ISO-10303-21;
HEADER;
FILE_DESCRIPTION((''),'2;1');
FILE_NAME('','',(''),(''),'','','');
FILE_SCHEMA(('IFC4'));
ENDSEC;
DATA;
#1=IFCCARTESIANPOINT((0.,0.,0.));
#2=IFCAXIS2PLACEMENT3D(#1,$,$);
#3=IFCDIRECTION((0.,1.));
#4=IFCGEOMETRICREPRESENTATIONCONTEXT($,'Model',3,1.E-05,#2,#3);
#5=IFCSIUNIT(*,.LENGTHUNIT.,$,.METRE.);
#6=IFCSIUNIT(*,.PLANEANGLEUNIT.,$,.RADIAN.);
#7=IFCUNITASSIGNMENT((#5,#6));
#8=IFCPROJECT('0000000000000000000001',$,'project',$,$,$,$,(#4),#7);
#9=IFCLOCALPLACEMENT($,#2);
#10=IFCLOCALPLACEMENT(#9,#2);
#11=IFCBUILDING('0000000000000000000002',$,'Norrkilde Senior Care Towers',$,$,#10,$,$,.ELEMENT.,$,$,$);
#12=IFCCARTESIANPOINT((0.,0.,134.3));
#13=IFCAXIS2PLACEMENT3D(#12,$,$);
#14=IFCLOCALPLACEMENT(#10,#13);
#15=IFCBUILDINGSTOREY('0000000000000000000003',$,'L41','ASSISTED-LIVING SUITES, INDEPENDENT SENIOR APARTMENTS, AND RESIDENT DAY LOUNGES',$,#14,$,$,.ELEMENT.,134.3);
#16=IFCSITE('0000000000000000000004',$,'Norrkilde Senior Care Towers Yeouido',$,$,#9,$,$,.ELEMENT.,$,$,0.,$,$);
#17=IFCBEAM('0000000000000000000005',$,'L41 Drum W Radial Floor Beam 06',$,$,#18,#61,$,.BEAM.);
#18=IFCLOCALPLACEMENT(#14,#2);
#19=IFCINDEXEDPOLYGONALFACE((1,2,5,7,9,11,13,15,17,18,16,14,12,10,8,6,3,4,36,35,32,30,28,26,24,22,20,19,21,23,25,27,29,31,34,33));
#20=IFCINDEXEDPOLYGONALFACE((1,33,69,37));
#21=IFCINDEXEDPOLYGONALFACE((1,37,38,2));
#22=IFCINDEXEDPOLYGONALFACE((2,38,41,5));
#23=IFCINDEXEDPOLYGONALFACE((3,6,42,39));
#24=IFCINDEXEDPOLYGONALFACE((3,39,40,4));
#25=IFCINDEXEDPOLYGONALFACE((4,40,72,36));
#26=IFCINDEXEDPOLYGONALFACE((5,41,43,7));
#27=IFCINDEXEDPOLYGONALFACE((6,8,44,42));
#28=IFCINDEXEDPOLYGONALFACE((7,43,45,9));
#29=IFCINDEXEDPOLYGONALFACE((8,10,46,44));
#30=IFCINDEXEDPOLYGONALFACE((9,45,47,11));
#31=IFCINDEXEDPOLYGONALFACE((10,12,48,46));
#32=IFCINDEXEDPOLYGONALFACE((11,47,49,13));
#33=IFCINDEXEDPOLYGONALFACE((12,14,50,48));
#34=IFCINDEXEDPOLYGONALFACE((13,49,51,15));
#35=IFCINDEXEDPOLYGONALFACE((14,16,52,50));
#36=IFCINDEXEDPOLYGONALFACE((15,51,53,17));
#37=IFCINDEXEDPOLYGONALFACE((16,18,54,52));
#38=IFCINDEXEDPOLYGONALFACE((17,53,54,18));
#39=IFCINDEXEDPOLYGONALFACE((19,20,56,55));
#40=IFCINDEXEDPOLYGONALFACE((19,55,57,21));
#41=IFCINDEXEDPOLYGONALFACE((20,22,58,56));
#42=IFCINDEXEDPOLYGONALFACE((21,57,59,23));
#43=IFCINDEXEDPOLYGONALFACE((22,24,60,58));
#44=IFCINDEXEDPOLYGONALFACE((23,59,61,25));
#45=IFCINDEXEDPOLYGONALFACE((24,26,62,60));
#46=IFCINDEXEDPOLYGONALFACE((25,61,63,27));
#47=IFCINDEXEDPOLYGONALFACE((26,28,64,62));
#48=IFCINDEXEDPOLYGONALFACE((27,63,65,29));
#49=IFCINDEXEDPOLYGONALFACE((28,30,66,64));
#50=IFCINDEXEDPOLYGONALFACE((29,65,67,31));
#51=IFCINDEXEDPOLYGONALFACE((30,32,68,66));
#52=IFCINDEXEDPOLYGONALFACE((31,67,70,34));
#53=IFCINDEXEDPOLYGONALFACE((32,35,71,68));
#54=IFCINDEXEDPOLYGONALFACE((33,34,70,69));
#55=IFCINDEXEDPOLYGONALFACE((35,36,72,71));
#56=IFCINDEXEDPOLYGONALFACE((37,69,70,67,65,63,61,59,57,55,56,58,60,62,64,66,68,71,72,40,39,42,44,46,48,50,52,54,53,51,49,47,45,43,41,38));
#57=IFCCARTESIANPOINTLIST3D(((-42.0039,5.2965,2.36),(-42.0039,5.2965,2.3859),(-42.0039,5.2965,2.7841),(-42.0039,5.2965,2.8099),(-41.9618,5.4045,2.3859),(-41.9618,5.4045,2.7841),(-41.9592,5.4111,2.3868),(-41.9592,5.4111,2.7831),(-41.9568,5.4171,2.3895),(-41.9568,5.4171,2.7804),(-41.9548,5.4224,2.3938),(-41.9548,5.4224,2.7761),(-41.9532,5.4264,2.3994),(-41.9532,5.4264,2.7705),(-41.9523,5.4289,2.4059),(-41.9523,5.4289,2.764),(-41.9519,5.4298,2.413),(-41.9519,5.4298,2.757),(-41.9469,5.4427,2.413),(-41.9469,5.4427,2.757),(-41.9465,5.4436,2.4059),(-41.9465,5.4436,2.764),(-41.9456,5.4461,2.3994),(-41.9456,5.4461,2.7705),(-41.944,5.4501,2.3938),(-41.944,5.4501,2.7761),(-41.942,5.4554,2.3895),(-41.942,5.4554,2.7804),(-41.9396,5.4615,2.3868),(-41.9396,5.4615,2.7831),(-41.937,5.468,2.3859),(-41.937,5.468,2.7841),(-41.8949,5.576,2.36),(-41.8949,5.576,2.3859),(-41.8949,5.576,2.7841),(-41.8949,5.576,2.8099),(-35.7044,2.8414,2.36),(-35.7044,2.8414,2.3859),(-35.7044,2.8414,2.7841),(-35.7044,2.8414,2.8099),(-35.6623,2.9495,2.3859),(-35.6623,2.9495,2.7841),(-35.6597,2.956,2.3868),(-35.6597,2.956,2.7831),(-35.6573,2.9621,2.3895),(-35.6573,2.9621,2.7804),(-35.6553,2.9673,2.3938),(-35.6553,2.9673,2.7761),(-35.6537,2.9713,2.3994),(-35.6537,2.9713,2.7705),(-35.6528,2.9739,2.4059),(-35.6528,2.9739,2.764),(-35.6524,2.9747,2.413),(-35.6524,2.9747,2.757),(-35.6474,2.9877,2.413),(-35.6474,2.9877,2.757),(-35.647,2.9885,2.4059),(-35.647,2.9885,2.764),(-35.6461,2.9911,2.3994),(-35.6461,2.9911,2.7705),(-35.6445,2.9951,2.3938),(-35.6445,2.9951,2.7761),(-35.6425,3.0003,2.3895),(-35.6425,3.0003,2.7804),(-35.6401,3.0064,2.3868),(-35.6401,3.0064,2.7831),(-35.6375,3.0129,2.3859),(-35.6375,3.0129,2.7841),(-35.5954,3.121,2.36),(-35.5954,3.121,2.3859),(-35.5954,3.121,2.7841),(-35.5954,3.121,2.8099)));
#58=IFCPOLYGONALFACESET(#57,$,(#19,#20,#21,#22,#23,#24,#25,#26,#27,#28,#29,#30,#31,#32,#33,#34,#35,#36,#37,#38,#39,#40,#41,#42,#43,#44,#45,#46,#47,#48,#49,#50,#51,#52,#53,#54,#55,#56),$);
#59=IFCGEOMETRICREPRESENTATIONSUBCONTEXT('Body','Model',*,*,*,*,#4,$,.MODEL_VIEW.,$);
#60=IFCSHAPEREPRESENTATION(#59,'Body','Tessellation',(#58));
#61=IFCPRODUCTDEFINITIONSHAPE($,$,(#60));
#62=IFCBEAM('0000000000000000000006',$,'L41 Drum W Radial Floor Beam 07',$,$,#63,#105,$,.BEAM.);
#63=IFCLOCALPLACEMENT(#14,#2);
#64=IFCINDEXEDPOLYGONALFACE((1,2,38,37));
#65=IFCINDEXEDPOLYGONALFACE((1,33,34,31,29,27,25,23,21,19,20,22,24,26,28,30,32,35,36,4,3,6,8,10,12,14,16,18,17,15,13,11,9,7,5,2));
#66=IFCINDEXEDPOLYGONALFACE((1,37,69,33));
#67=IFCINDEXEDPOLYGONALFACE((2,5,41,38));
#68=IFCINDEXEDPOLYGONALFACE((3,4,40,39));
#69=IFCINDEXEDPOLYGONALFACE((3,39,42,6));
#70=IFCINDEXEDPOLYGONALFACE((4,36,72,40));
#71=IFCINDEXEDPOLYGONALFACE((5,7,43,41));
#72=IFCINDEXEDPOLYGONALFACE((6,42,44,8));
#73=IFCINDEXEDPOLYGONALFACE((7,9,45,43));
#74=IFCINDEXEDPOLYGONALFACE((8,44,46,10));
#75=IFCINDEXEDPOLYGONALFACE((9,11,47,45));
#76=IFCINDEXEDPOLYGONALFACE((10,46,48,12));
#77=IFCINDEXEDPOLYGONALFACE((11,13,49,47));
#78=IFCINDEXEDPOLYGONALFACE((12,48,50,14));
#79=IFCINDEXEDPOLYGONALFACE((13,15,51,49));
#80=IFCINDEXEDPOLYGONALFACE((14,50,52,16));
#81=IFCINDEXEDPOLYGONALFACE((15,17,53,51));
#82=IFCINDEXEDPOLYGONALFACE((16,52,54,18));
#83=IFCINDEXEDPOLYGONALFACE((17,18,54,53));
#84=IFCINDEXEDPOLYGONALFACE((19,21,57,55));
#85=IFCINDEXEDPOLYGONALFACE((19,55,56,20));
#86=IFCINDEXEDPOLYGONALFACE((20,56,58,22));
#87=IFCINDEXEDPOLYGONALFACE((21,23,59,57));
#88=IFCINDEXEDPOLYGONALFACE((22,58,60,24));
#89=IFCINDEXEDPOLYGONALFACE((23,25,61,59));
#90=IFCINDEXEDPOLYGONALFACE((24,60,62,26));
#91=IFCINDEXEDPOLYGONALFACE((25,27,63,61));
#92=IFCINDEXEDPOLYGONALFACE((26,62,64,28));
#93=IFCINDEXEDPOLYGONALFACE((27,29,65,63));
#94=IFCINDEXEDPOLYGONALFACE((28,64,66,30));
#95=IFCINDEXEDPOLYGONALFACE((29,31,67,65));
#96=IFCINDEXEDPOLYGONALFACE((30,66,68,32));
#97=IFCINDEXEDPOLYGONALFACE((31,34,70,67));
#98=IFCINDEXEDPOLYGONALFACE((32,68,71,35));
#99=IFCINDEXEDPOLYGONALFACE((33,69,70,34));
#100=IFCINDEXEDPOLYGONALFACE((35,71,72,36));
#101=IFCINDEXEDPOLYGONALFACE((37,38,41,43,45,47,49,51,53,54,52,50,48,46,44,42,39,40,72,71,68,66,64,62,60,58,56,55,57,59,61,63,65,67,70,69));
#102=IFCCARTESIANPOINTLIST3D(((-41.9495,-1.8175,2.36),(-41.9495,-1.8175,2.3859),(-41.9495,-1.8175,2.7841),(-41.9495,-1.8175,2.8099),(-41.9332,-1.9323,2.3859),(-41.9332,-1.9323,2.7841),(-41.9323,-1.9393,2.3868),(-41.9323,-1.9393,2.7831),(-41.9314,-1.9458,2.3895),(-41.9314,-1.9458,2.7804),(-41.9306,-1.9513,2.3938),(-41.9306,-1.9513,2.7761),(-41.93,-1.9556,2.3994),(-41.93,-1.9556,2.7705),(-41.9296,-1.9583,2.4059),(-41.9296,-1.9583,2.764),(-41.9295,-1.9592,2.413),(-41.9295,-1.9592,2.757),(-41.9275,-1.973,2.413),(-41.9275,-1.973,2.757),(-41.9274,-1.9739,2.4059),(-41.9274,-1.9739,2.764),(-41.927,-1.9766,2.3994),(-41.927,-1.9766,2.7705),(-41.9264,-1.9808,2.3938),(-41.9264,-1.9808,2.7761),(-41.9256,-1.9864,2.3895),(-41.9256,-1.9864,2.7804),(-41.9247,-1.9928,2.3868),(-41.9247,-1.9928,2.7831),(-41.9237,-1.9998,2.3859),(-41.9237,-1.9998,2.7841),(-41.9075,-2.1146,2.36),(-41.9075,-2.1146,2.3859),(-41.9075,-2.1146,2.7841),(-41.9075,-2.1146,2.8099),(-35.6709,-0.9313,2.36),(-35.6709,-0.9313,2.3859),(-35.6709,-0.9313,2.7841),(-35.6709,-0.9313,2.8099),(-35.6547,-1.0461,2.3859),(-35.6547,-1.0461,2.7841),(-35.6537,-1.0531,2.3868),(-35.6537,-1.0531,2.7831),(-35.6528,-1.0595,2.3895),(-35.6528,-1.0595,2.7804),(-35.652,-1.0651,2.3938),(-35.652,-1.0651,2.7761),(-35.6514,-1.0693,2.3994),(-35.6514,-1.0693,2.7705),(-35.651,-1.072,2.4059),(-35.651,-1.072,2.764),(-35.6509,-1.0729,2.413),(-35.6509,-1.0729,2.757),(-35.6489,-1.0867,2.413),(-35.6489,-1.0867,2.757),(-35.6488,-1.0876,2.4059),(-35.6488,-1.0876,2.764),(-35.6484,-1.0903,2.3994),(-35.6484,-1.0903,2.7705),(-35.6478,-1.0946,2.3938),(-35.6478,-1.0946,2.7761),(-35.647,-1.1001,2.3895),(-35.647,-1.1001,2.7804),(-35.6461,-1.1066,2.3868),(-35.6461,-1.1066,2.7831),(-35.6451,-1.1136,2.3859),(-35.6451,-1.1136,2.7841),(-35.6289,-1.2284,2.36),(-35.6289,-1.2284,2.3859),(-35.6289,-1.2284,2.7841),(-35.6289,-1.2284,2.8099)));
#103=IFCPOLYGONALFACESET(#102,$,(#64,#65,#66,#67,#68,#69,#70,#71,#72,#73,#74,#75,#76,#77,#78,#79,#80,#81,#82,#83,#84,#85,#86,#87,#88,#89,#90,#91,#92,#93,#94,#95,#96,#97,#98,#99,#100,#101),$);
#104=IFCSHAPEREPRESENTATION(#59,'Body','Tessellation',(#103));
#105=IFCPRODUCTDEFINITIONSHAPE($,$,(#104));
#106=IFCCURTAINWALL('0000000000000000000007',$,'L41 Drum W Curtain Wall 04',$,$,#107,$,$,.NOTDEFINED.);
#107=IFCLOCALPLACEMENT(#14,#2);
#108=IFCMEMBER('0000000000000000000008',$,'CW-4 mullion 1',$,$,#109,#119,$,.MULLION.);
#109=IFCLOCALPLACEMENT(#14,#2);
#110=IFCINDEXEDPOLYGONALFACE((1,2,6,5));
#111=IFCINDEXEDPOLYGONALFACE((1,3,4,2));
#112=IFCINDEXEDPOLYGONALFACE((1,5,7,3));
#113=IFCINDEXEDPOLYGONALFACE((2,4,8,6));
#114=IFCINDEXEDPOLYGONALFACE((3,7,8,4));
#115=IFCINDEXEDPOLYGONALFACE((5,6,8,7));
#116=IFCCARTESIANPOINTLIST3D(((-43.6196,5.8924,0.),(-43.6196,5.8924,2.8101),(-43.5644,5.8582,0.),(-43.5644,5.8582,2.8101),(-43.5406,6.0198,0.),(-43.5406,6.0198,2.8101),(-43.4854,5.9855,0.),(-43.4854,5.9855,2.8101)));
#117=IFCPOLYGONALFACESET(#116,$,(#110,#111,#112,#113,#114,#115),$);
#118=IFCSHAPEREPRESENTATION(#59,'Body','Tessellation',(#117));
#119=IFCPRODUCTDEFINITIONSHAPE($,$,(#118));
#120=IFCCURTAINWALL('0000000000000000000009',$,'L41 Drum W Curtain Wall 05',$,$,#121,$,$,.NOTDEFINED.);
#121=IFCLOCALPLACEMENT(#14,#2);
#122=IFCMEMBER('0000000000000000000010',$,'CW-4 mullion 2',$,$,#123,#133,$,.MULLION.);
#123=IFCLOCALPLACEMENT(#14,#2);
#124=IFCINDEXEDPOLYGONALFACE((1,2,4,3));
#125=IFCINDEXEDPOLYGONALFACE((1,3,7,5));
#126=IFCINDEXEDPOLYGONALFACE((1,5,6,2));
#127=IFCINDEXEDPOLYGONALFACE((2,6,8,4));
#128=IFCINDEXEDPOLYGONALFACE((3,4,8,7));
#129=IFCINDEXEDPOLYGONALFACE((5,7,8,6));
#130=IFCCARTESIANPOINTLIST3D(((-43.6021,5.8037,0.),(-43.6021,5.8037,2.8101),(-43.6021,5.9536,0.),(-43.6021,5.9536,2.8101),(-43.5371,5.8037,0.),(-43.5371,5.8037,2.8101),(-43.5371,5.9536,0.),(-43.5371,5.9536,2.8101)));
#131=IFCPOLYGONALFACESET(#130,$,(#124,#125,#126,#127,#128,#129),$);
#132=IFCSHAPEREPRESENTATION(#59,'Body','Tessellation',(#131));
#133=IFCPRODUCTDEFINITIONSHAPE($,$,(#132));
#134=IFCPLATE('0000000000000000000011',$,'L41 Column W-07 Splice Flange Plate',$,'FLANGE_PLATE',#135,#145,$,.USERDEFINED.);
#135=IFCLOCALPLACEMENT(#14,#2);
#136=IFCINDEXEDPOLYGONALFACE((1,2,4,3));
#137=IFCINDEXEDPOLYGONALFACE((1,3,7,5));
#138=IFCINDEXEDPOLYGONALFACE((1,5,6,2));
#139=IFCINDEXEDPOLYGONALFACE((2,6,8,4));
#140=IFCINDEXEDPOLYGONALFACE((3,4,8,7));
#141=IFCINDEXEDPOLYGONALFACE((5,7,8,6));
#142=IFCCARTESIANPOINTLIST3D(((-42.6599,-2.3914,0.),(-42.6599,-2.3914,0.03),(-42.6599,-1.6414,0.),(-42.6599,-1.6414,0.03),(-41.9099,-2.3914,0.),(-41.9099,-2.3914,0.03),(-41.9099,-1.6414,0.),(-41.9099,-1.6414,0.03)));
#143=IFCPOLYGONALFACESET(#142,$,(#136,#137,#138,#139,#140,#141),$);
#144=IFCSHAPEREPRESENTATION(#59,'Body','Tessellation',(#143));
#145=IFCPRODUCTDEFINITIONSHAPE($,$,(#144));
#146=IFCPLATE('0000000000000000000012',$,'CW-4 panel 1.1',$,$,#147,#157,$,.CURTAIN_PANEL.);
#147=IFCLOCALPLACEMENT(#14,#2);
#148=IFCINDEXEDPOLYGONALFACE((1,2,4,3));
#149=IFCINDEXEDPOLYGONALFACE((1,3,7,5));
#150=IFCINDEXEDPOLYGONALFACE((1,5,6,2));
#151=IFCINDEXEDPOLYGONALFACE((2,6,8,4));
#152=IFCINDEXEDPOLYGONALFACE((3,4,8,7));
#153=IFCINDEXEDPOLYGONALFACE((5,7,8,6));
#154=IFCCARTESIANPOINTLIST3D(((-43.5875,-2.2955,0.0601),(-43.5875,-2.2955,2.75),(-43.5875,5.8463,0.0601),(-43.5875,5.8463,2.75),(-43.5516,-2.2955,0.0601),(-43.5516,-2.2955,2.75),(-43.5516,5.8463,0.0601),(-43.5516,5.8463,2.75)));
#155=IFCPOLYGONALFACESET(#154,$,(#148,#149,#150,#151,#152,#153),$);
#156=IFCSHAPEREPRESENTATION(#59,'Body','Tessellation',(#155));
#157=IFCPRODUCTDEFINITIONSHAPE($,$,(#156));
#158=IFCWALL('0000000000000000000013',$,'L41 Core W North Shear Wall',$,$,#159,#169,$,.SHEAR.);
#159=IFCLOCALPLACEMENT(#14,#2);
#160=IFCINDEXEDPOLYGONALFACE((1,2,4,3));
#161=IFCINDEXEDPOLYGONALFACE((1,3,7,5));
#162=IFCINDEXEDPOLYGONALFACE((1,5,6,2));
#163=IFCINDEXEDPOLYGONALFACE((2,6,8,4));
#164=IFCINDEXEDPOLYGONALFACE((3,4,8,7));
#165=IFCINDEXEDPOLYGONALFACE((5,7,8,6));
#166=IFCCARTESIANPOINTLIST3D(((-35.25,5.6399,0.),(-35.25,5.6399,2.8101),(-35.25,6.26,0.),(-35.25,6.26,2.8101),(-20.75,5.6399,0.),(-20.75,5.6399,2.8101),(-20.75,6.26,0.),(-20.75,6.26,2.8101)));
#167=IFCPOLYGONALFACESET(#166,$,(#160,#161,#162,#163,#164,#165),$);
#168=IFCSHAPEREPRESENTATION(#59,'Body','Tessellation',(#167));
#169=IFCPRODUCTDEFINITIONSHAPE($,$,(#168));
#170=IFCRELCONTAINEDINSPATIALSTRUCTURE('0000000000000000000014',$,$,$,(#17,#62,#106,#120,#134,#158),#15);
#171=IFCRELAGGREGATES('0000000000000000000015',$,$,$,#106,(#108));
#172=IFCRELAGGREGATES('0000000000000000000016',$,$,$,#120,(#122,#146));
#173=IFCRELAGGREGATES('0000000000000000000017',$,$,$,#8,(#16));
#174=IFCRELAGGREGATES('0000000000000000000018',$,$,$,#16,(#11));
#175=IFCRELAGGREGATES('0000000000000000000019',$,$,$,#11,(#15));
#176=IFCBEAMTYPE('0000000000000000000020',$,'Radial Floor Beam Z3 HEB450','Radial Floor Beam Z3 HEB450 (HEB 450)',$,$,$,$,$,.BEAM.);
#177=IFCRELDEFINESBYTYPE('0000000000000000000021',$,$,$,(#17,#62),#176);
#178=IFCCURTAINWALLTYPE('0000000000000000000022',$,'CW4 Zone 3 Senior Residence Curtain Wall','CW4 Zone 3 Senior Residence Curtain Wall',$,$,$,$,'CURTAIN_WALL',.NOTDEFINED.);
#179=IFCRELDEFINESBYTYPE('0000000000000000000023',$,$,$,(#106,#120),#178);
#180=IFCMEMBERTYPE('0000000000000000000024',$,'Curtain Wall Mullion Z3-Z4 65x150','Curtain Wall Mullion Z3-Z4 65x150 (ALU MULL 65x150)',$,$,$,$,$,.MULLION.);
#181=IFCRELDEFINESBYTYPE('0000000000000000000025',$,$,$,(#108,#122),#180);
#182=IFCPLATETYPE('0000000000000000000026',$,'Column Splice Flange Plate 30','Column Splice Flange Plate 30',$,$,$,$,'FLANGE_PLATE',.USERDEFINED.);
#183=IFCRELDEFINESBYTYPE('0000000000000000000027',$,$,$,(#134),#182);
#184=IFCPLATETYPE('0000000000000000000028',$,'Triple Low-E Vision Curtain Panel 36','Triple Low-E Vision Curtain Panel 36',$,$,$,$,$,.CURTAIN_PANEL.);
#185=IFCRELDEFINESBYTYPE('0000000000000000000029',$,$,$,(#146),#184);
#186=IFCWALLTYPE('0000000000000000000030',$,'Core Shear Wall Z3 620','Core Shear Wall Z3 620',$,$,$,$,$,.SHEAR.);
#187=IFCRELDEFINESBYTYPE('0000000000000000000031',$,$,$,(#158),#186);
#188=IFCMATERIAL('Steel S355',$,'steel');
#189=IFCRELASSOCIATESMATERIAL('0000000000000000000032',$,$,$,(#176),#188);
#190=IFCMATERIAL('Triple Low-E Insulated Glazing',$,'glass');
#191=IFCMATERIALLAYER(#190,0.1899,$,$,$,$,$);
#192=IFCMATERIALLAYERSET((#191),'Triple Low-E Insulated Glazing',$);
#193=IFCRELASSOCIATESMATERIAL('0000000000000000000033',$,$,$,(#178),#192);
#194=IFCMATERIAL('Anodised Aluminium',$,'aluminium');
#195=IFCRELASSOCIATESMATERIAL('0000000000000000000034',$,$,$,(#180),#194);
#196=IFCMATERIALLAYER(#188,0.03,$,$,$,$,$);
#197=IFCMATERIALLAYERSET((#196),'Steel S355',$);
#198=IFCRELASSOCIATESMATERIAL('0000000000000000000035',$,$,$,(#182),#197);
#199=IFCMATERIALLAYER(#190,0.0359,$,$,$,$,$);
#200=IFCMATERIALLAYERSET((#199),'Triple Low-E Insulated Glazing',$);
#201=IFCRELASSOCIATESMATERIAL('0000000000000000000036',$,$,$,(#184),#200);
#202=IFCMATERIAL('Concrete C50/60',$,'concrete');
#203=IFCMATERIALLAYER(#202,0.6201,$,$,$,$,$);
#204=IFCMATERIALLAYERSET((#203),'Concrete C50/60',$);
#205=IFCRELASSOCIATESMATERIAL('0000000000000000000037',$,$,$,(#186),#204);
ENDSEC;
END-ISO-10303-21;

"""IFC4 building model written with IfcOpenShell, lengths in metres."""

from ifc_helpers import new_model, si_unit, direction, frame, frame_2d, origin, origin_2d, place, context, subcontext, project, spatial, rectangle, i_section, extrude, source, transform, mapped, material, layer, layer_set, material_profile, profile_set, type_object, type_shapes, element, aggregate, save


model = new_model("IFC4")

# Units and contexts
model_context = context("Model", 3, precision=1e-05, world=origin(), true_north=direction((0.0, 1.0)))
body_context = subcontext(model_context, "Body", "Model", "MODEL_VIEW")
ifc_project = project(units=[si_unit("LENGTHUNIT", "METRE"), si_unit("PLANEANGLEUNIT", "RADIAN")], contexts=[model_context])

# Site, building, storey
site_placement = place(None, origin())
site = spatial("IfcSite", under=ifc_project, at=site_placement, Name="Norrkilde Senior Care Towers Yeouido", CompositionType="ELEMENT", RefElevation=0.0)
building_placement = place(site_placement, origin())
building = spatial("IfcBuilding", under=site, at=building_placement, Name="Norrkilde Senior Care Towers", CompositionType="ELEMENT")
storey_placement = place(building_placement, frame((0.0, 0.0, 134.3)))
storey = spatial("IfcBuildingStorey", under=building, at=storey_placement, Name="L41", Description="ASSISTED-LIVING SUITES, INDEPENDENT SENIOR APARTMENTS, AND RESIDENT DAY LOUNGES", CompositionType="ELEMENT", Elevation=134.3)

# Shared definitions
ifc_material_1 = material(Name="Concrete C50/60", Category="concrete")

# Beams
ifc_material_2 = material(Name="Steel S355", Category="steel")
ifc_material_profile_1 = material_profile(ifc_material_2, i_section(OverallWidth=0.3, OverallDepth=0.45, WebThickness=0.0139, FlangeThickness=0.0259, FilletRadius=0.0271, at=origin_2d()), Name="HEB 450")
ifc_profile_set_1 = profile_set([ifc_material_profile_1], Name="Steel S355")
beam_type_1 = type_object("IfcBeamType", Name="Radial Floor Beam Z3 HEB450", Description="Radial Floor Beam Z3 HEB450 (HEB 450)", PredefinedType="BEAM", material=ifc_profile_set_1)
shared_shape_1 = source(origin(), body_context, "Body", "SweptSolid", [
    extrude(i_section(OverallWidth=0.3, OverallDepth=0.45, WebThickness=0.0139, FlangeThickness=0.0259, FilletRadius=0.0271, at=origin_2d()), origin(), (0.0, 0.0, 1.0), 6.761),
])
beam_1_placement = place(storey_placement, frame((-35.6499, 2.9812, 2.585), z_axis=(-0.931742, 0.363121, 0.0), x_axis=(-0.363121, -0.931742, 0.0)))
element("IfcBeam", 1, at=beam_1_placement, inside=storey, type_object=beam_type_1, Name="L41 Drum W Radial Floor Beam 06", PredefinedType="BEAM", context=body_context, shape_type="MappedRepresentation", body=[
    mapped(shared_shape_1, transform((0.0, 0.0, 0.0), x_axis=(1.0, 0.0, 0.0), y_axis=(0.0, 1.0, 0.0), z_axis=(0.0, 0.0, 1.0), scale=1.0)),
])
shared_shape_2 = source(origin(), body_context, "Body", "SweptSolid", [
    extrude(i_section(OverallWidth=0.3, OverallDepth=0.45, WebThickness=0.0139, FlangeThickness=0.0259, FilletRadius=0.0271, at=origin_2d()), origin(), (0.0, 0.0, 1.0), 6.3408),
])
beam_2_placement = place(storey_placement, frame((-35.6499, -1.0798, 2.585), z_axis=(-0.990185, -0.139766, 0.0), x_axis=(0.139766, -0.990185, 0.0)))
element("IfcBeam", 2, at=beam_2_placement, inside=storey, type_object=beam_type_1, Name="L41 Drum W Radial Floor Beam 07", PredefinedType="BEAM", context=body_context, shape_type="MappedRepresentation", body=[
    mapped(shared_shape_2, transform((0.0, 0.0, 0.0), x_axis=(1.0, 0.0, 0.0), y_axis=(0.0, 1.0, 0.0), z_axis=(0.0, 0.0, 1.0), scale=1.0)),
])

# Curtain walls, members
ifc_material_3 = material(Name="Triple Low-E Insulated Glazing", Category="glass")
ifc_layer_1 = layer(ifc_material_3, 0.1899)
ifc_layer_set_1 = layer_set([ifc_layer_1], Name="Triple Low-E Insulated Glazing")
curtain_wall_type = type_object("IfcCurtainWallType", Name="CW4 Zone 3 Senior Residence Curtain Wall", Description="CW4 Zone 3 Senior Residence Curtain Wall", ElementType="CURTAIN_WALL", PredefinedType="NOTDEFINED", material=ifc_layer_set_1)
curtain_wall_1_placement = place(storey_placement, origin())
curtain_wall_1 = element("IfcCurtainWall", 3, at=curtain_wall_1_placement, inside=storey, type_object=curtain_wall_type, Name="L41 Drum W Curtain Wall 04", PredefinedType="NOTDEFINED")
ifc_material_4 = material(Name="Anodised Aluminium", Category="aluminium")
ifc_material_profile_2 = material_profile(ifc_material_4, rectangle(XDim=0.0649, YDim=0.1499, at=origin_2d()), Name="ALU MULL 65x150")
ifc_profile_set_2 = profile_set([ifc_material_profile_2], Name="Anodised Aluminium")
member_type = type_object("IfcMemberType", Name="Curtain Wall Mullion Z3-Z4 65x150", Description="Curtain Wall Mullion Z3-Z4 65x150 (ALU MULL 65x150)", PredefinedType="MULLION", material=ifc_profile_set_2)
shared_shape_3 = source(origin(), body_context, "Body", "SweptSolid", [
    extrude(rectangle(XDim=0.0649, YDim=0.1499, at=origin_2d()), origin(), (0.0, 0.0, 1.0), 2.8101),
])
type_shapes(member_type, [shared_shape_3])
member_1_placement = place(storey_placement, frame((-43.5525, 5.939, 0.0), z_axis=(0.0, 0.0, 1.0), x_axis=(-0.849634, 0.527373, 0.0)))
member_1 = element("IfcMember", 4, at=member_1_placement, type_object=member_type, Name="CW-4 mullion 1", PredefinedType="MULLION", context=body_context, shape_type="MappedRepresentation", body=[
    mapped(shared_shape_3, transform((0.0, 0.0, 0.0), x_axis=(1.0, 0.0, 0.0), y_axis=(0.0, 1.0, 0.0), z_axis=(0.0, 0.0, 1.0), scale=1.0)),
])
aggregate(curtain_wall_1, [member_1])
curtain_wall_2_placement = place(storey_placement, origin())
curtain_wall_2 = element("IfcCurtainWall", 5, at=curtain_wall_2_placement, inside=storey, type_object=curtain_wall_type, Name="L41 Drum W Curtain Wall 05", PredefinedType="NOTDEFINED")
member_2_placement = place(storey_placement, frame((-43.5696, 5.8787, 0.0), z_axis=(0.0, 0.0, 1.0), x_axis=(-1.0, 0.0, 0.0)))
member_2 = element("IfcMember", 6, at=member_2_placement, type_object=member_type, Name="CW-4 mullion 2", PredefinedType="MULLION", context=body_context, shape_type="MappedRepresentation", body=[
    mapped(shared_shape_3, transform((0.0, 0.0, 0.0), x_axis=(1.0, 0.0, 0.0), y_axis=(0.0, 1.0, 0.0), z_axis=(0.0, 0.0, 1.0), scale=1.0)),
])

# Plates
ifc_layer_2 = layer(ifc_material_2, 0.03)
ifc_layer_set_2 = layer_set([ifc_layer_2], Name="Steel S355")
plate_type_1 = type_object("IfcPlateType", Name="Column Splice Flange Plate 30", Description="Column Splice Flange Plate 30", ElementType="FLANGE_PLATE", PredefinedType="USERDEFINED", material=ifc_layer_set_2)
shared_shape_4 = source(origin(), body_context, "Body", "SweptSolid", [
    extrude(rectangle(XDim=0.75, YDim=0.75, at=origin_2d()), origin(), (0.0, 0.0, 1.0), 0.03),
])
type_shapes(plate_type_1, [shared_shape_4])
plate_1_placement = place(storey_placement, frame((-42.2849, -2.0164, 0.0), z_axis=(0.0, 0.0, 1.0), x_axis=(1.0, 0.0, 0.0)))
element("IfcPlate", 7, at=plate_1_placement, inside=storey, type_object=plate_type_1, Name="L41 Column W-07 Splice Flange Plate", ObjectType="FLANGE_PLATE", PredefinedType="USERDEFINED", context=body_context, shape_type="MappedRepresentation", body=[
    mapped(shared_shape_4, transform((0.0, 0.0, 0.0), x_axis=(1.0, 0.0, 0.0), y_axis=(0.0, 1.0, 0.0), z_axis=(0.0, 0.0, 1.0), scale=1.0)),
])
ifc_layer_3 = layer(ifc_material_3, 0.0359)
ifc_layer_set_3 = layer_set([ifc_layer_3], Name="Triple Low-E Insulated Glazing")
plate_type_2 = type_object("IfcPlateType", Name="Triple Low-E Vision Curtain Panel 36", Description="Triple Low-E Vision Curtain Panel 36", PredefinedType="CURTAIN_PANEL", material=ifc_layer_set_3)
shared_shape_5 = source(origin(), body_context, "Body", "SweptSolid", [
    extrude(rectangle(XDim=8.1418, YDim=0.0359, at=origin_2d()), origin(), (0.0, 0.0, 1.0), 2.6899),
])
type_shapes(plate_type_2, [shared_shape_5])
plate_2_placement = place(storey_placement, frame((-43.5696, 1.7754, 0.0601), z_axis=(0.0, 0.0, 1.0), x_axis=(0.0, 1.0, 0.0)))
plate_2 = element("IfcPlate", 8, at=plate_2_placement, type_object=plate_type_2, Name="CW-4 panel 1.1", PredefinedType="CURTAIN_PANEL", context=body_context, shape_type="MappedRepresentation", body=[
    mapped(shared_shape_5, transform((0.0, 0.0, 0.0), x_axis=(1.0, 0.0, 0.0), y_axis=(0.0, 1.0, 0.0), z_axis=(0.0, 0.0, 1.0), scale=1.0)),
])
aggregate(curtain_wall_2, [member_2, plate_2])

# Wall
ifc_layer_4 = layer(ifc_material_1, 0.6201)
ifc_layer_set_4 = layer_set([ifc_layer_4], Name="Concrete C50/60")
wall_type_1 = type_object("IfcWallType", Name="Core Shear Wall Z3 620", Description="Core Shear Wall Z3 620", PredefinedType="SHEAR", material=ifc_layer_set_4)
shared_shape_6 = source(origin(), body_context, "Body", "SweptSolid", [
    extrude(rectangle(XDim=14.5, YDim=0.6201, at=frame_2d((7.25, 0.0))), origin(), (0.0, 0.0, 1.0), 2.8101),
])
type_shapes(wall_type_1, [shared_shape_6])
wall_1_placement = place(storey_placement, frame((-35.25, 5.95, 0.0), z_axis=(0.0, 0.0, 1.0), x_axis=(1.0, 0.0, 0.0)))
element("IfcWall", 9, at=wall_1_placement, inside=storey, type_object=wall_type_1, Name="L41 Core W North Shear Wall", PredefinedType="SHEAR", context=body_context, shape_type="MappedRepresentation", body=[
    mapped(shared_shape_6, transform((0.0, 0.0, 0.0), x_axis=(1.0, 0.0, 0.0), y_axis=(0.0, 1.0, 0.0), z_axis=(0.0, 0.0, 1.0), scale=1.0)),
])

save(model, "model.ifc")
